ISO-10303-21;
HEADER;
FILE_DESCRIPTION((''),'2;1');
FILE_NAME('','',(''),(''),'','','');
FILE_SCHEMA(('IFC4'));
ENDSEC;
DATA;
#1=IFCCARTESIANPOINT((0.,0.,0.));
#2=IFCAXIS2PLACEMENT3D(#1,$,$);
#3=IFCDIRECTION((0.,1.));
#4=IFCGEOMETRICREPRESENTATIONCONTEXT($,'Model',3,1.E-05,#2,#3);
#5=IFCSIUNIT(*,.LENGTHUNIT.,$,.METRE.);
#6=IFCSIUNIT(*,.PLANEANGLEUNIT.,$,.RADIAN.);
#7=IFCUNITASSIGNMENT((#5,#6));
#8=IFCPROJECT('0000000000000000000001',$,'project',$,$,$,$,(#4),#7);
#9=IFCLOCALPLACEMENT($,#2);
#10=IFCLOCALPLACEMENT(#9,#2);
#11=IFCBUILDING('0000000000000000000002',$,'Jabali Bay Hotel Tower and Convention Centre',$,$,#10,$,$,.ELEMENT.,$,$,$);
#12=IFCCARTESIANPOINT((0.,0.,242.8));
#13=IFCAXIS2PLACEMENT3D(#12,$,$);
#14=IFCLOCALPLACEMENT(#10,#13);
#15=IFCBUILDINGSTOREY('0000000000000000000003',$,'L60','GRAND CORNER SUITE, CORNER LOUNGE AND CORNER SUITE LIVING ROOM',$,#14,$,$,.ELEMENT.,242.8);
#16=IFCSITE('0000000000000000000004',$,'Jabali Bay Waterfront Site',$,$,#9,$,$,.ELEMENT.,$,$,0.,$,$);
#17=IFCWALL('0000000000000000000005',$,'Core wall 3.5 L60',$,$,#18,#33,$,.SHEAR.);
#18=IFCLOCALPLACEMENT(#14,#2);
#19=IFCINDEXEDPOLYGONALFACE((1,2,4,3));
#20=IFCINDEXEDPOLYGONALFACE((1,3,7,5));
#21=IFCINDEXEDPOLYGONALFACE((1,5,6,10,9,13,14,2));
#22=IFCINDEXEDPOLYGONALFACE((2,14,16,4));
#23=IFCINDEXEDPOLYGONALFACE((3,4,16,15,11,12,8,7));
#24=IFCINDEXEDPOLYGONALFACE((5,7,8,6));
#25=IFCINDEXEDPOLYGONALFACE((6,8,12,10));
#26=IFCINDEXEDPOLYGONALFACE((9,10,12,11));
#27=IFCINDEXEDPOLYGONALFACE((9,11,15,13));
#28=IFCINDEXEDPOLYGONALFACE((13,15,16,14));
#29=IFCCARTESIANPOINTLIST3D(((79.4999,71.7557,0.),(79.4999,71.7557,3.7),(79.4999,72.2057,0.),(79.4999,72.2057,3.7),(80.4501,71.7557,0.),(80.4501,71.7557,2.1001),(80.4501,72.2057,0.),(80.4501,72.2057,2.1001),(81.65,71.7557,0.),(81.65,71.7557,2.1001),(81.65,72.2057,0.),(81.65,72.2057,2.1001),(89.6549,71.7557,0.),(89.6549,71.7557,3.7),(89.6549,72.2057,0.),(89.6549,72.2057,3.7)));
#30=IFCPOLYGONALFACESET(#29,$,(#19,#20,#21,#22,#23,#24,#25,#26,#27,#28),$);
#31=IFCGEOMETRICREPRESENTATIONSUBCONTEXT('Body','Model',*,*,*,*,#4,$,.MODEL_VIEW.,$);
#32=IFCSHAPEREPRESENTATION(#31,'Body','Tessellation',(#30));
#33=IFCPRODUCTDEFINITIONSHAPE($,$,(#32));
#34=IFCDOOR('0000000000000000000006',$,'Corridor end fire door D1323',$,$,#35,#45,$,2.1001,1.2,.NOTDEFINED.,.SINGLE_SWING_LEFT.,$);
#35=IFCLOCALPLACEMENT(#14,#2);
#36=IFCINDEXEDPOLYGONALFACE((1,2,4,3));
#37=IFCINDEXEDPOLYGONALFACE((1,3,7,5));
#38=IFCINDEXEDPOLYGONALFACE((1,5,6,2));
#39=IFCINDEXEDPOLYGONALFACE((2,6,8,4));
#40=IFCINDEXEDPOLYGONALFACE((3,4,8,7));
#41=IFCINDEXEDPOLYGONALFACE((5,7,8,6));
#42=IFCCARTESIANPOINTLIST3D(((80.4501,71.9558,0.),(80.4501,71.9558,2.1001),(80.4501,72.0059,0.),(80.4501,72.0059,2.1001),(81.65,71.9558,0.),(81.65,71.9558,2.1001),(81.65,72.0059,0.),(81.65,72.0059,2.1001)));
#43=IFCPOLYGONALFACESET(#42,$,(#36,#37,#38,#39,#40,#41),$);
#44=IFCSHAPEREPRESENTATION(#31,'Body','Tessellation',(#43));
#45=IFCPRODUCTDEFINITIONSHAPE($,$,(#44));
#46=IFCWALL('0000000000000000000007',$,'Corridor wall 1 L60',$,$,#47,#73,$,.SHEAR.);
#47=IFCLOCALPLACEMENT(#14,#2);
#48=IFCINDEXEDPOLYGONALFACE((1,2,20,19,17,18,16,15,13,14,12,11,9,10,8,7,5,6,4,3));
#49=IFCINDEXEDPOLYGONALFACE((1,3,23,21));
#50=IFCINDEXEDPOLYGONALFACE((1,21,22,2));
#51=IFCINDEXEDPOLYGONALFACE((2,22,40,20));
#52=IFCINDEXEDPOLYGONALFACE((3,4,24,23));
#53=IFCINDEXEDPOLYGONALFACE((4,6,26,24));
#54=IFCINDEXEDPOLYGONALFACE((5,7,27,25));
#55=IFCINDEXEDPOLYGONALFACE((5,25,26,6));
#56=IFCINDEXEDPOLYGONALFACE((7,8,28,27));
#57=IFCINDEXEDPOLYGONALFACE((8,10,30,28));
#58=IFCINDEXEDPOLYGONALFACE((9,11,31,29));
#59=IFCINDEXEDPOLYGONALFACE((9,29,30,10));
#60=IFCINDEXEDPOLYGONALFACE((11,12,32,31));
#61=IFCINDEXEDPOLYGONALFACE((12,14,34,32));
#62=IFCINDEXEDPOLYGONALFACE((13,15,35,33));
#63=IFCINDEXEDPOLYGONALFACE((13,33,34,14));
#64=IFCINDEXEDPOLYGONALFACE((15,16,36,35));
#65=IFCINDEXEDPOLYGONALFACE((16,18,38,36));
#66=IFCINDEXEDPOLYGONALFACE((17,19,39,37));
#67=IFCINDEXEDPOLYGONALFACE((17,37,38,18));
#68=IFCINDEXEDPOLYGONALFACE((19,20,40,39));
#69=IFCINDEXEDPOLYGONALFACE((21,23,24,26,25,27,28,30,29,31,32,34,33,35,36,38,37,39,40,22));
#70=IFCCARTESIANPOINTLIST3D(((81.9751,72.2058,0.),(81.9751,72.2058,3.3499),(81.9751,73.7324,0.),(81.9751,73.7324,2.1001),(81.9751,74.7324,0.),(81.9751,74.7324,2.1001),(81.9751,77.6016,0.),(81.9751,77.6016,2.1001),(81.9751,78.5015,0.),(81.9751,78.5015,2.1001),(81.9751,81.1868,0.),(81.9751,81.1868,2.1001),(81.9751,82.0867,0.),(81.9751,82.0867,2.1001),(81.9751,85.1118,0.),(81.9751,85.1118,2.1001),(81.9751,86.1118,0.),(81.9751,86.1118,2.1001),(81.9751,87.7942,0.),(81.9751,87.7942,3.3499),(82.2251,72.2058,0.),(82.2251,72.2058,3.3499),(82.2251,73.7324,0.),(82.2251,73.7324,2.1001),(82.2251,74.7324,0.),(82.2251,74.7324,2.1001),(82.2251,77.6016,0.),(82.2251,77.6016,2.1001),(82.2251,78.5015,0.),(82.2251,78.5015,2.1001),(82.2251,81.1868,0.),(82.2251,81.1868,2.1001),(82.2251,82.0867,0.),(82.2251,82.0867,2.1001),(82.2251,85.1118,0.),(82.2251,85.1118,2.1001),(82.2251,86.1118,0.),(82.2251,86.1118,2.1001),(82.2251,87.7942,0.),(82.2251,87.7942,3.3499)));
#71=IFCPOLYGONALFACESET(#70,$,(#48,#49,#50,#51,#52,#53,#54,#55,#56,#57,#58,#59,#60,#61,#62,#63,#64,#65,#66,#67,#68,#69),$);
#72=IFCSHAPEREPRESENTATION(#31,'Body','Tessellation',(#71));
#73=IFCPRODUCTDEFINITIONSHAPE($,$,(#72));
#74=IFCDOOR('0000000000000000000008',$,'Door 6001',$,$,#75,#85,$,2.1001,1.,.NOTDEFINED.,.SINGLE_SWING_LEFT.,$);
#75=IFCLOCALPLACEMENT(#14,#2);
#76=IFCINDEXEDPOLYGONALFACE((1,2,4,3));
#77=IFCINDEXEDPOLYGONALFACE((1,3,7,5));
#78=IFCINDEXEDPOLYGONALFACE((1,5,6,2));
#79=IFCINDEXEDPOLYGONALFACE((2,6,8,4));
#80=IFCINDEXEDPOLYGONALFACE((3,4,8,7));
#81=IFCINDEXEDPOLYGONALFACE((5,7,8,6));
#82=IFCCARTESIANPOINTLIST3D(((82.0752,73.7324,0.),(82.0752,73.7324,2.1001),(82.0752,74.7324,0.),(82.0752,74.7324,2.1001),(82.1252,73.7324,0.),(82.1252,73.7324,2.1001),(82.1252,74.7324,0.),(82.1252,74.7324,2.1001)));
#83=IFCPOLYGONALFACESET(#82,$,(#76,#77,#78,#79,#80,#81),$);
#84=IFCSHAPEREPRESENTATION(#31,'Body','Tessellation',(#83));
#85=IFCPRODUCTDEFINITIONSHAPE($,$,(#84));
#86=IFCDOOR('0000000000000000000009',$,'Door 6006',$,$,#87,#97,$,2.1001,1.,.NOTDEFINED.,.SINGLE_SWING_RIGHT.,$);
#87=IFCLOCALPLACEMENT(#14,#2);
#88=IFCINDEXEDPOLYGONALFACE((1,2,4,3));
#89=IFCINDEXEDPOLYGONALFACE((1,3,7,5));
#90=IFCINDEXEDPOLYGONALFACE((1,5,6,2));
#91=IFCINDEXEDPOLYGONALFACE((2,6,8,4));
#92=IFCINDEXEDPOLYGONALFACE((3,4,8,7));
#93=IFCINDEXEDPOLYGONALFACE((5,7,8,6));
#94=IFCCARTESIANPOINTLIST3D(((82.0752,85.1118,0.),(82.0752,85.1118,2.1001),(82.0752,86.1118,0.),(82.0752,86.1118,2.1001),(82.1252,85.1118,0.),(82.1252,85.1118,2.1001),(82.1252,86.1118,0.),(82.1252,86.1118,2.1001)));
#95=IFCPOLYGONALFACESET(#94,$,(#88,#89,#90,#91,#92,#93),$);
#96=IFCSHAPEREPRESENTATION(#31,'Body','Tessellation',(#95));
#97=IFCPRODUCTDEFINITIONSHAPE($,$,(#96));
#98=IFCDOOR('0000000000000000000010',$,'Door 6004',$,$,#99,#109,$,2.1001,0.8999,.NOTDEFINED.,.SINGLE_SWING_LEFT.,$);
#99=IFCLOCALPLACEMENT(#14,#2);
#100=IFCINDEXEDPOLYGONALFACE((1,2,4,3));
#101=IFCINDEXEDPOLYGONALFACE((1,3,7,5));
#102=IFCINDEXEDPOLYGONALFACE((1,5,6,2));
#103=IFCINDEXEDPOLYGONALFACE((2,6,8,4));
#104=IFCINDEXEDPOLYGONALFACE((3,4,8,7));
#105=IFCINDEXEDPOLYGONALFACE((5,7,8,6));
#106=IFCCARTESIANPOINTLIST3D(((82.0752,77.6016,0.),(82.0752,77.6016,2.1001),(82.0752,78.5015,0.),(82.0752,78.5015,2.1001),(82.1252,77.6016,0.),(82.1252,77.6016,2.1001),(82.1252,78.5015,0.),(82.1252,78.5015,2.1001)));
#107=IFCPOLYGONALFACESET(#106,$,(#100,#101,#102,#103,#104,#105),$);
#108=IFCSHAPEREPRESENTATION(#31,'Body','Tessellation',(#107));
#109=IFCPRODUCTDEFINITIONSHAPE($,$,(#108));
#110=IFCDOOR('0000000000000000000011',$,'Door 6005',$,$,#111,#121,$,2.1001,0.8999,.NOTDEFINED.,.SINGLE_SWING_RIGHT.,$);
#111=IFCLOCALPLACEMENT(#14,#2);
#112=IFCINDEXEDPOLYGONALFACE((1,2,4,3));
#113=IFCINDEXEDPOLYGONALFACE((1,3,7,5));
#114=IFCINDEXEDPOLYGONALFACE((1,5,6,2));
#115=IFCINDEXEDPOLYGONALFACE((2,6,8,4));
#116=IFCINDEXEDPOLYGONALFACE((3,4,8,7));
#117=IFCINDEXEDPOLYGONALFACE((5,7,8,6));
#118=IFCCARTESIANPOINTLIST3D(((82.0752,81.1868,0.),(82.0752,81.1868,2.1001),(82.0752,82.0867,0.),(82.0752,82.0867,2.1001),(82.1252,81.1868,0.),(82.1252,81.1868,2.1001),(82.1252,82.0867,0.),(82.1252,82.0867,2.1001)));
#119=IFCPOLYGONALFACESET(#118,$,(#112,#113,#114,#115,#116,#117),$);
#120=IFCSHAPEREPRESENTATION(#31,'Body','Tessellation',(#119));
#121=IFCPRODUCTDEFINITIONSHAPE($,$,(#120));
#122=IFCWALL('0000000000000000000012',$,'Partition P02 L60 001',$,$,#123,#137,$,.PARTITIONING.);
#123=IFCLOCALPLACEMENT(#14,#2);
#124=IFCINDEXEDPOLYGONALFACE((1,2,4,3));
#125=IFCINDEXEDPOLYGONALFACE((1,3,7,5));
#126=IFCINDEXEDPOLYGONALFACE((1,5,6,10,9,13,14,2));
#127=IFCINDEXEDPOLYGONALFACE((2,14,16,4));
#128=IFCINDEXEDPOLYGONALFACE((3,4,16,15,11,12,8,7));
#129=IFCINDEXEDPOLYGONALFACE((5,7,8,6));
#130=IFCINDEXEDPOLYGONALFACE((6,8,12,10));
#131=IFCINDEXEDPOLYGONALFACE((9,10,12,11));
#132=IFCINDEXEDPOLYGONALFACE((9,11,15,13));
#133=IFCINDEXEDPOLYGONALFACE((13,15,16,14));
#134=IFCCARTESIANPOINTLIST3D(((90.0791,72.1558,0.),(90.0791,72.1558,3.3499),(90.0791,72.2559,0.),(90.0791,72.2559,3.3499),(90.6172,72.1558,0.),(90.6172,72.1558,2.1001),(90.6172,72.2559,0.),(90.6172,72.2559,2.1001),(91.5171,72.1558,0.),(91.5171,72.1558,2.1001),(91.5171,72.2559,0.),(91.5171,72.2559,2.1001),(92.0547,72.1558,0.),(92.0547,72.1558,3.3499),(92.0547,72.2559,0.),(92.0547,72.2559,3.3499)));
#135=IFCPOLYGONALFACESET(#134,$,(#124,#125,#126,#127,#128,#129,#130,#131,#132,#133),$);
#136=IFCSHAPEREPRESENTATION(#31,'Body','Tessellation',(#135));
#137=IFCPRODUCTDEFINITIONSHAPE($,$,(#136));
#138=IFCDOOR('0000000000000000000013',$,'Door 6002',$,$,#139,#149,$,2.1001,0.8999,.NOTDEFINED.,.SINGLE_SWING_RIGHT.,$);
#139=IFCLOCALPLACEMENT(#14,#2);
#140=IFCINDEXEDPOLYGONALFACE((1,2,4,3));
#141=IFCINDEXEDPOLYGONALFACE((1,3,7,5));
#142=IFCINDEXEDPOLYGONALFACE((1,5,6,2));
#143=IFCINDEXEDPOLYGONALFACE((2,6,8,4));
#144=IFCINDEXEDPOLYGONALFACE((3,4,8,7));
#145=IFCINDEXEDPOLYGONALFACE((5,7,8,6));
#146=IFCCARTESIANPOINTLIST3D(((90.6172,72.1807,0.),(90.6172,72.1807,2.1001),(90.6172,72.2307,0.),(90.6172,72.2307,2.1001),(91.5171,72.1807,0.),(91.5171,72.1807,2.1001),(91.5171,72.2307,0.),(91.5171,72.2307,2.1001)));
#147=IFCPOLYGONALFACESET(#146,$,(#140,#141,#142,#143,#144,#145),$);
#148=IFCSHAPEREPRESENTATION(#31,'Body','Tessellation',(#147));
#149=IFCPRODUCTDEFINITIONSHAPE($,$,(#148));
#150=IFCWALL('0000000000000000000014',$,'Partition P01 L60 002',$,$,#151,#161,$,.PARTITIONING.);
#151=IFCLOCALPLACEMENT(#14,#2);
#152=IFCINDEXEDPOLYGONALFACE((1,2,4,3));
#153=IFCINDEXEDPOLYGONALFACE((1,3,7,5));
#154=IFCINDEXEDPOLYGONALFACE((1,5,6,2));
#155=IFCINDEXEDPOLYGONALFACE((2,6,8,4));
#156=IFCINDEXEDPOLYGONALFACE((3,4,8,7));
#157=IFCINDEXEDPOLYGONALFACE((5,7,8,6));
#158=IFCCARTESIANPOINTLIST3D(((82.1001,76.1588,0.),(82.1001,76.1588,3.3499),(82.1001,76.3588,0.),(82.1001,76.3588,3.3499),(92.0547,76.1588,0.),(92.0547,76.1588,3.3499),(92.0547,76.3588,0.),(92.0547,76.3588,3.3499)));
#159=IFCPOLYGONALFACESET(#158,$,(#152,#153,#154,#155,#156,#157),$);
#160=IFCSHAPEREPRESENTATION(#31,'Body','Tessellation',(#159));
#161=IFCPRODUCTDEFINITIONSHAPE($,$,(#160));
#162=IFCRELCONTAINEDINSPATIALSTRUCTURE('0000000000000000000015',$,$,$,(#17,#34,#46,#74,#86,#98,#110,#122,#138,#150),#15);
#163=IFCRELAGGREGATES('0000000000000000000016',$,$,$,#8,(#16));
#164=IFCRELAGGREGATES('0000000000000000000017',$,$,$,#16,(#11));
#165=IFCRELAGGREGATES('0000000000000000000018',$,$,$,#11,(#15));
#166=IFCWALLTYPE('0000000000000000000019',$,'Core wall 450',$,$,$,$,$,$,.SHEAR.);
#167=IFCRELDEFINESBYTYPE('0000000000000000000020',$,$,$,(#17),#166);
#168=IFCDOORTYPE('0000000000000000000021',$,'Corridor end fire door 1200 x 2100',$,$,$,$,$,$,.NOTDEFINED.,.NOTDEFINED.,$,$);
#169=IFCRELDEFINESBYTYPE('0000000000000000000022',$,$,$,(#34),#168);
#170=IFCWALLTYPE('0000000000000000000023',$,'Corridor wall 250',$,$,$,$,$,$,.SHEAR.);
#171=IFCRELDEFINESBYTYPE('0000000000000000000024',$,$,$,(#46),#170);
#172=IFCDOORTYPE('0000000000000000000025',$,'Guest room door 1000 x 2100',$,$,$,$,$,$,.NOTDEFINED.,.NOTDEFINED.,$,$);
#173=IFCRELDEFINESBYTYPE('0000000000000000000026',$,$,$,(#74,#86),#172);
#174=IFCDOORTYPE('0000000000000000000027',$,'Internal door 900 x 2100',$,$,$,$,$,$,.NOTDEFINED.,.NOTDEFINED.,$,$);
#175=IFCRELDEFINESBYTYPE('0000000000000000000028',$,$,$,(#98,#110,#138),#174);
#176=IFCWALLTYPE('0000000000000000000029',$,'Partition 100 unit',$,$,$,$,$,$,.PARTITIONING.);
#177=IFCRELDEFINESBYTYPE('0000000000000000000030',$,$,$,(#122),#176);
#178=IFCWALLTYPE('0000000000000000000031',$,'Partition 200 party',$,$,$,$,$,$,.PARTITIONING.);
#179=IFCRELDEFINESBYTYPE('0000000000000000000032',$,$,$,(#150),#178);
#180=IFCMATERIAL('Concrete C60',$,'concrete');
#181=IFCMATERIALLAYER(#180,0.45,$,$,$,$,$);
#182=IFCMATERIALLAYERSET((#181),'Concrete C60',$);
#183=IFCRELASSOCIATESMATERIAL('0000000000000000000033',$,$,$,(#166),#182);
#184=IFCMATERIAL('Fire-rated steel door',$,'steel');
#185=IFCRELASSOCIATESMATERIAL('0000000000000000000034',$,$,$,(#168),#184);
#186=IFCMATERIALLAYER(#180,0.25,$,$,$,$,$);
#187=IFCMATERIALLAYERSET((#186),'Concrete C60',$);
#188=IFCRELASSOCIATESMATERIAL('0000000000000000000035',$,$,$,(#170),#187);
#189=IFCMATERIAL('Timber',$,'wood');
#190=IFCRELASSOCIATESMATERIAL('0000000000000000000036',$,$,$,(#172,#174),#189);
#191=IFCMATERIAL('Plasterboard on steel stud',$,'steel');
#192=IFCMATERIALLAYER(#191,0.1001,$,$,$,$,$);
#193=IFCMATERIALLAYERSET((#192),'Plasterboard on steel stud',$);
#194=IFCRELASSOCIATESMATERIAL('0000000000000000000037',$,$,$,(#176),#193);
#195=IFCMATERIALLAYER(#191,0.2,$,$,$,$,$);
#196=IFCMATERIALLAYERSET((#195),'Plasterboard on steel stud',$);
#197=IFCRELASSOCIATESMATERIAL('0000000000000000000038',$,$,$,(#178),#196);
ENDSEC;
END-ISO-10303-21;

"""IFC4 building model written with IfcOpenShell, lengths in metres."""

from ifc_helpers import new_model, si_unit, direction, frame, frame_2d, origin, place, context, subcontext, project, spatial, rectangle, extrude, material, layer, layer_set, type_object, element, fill, save


model = new_model("IFC4")

# Units and contexts
model_context = context("Model", 3, precision=1e-05, world=origin(), true_north=direction((0.0, 1.0)))
body_context = subcontext(model_context, "Body", "Model", "MODEL_VIEW")
ifc_project = project(units=[si_unit("LENGTHUNIT", "METRE"), si_unit("PLANEANGLEUNIT", "RADIAN")], contexts=[model_context])

# Site, building, storey
site_placement = place(None, origin())
site = spatial("IfcSite", under=ifc_project, at=site_placement, Name="Jabali Bay Waterfront Site", CompositionType="ELEMENT", RefElevation=0.0)
building_placement = place(site_placement, origin())
building = spatial("IfcBuilding", under=site, at=building_placement, Name="Jabali Bay Hotel Tower and Convention Centre", CompositionType="ELEMENT")
storey_placement = place(building_placement, frame((0.0, 0.0, 242.8)))
storey = spatial("IfcBuildingStorey", under=building, at=storey_placement, Name="L60", Description="GRAND CORNER SUITE, CORNER LOUNGE AND CORNER SUITE LIVING ROOM", CompositionType="ELEMENT", Elevation=242.8)

# Shared definitions
ifc_material_1 = material(Name="Concrete C60", Category="concrete")

# Shared definitions
ifc_material_2 = material(Name="Fire-rated steel door", Category="steel")

# Wall, opening, door
ifc_layer_1 = layer(ifc_material_1, 0.45)
ifc_layer_set_1 = layer_set([ifc_layer_1], Name="Concrete C60")
wall_type_1 = type_object("IfcWallType", Name="Core wall 450", PredefinedType="SHEAR", material=ifc_layer_set_1)
door_type_1 = type_object("IfcDoorType", Name="Corridor end fire door 1200 x 2100", OperationType="NOTDEFINED", PredefinedType="NOTDEFINED", material=ifc_material_2)
wall_1_placement = place(storey_placement, frame((89.655, 71.9807, 0.0), z_axis=(0.0, 0.0, 1.0), x_axis=(-1.0, 0.0, 0.0)))
wall_1 = element("IfcWall", 1, at=wall_1_placement, inside=storey, type_object=wall_type_1, Name="Core wall 3.5 L60", PredefinedType="SHEAR", context=body_context, shape_type="SweptSolid", body=[
    extrude(rectangle(XDim=10.155, YDim=0.45, at=frame_2d((5.0776, 0.0))), origin(), (0.0, 0.0, 1.0), 3.7),
])
opening_1_placement = place(wall_1_placement, frame((8.0049, 0.0, 0.0)))
opening_1 = element("IfcOpeningElement", 2, at=opening_1_placement, cuts=wall_1, PredefinedType="OPENING", context=body_context, shape_type="SweptSolid", body=[
    extrude(rectangle(XDim=1.2, YDim=2.1001, at=frame_2d((0.6001, 1.05))), frame((0.0, 0.2354, 0.0), z_axis=(0.0, -1.0, 0.0), x_axis=(1.0, 0.0, 0.0)), (0.0, 0.0, 1.0), 0.4709),
])
door_1_placement = place(opening_1_placement, origin())
door_1 = element("IfcDoor", 3, at=door_1_placement, inside=storey, type_object=door_type_1, Name="Corridor end fire door D1323", OperationType="SINGLE_SWING_LEFT", OverallHeight=2.1001, OverallWidth=1.2, PredefinedType="NOTDEFINED", context=body_context, shape_type="SweptSolid", body=[
    extrude(rectangle(XDim=1.2, YDim=2.1001, at=frame_2d((0.6001, 1.05))), frame((0.0, 0.0249, 0.0), z_axis=(0.0, -1.0, 0.0), x_axis=(1.0, 0.0, 0.0)), (0.0, 0.0, 1.0), 0.05),
])
fill(opening_1, door_1)

# Wall, openings, doors
ifc_layer_2 = layer(ifc_material_1, 0.25)
ifc_layer_set_2 = layer_set([ifc_layer_2], Name="Concrete C60")
wall_type_2 = type_object("IfcWallType", Name="Corridor wall 250", PredefinedType="SHEAR", material=ifc_layer_set_2)
wall_2_placement = place(storey_placement, frame((82.1001, 72.2058, 0.0), z_axis=(0.0, 0.0, 1.0), x_axis=(0.0, 1.0, 0.0)))
wall_2 = element("IfcWall", 4, at=wall_2_placement, inside=storey, type_object=wall_type_2, Name="Corridor wall 1 L60", PredefinedType="SHEAR", context=body_context, shape_type="SweptSolid", body=[
    extrude(rectangle(XDim=15.5884, YDim=0.25, at=frame_2d((7.7942, 0.0))), origin(), (0.0, 0.0, 1.0), 3.3499),
])
opening_2_placement = place(wall_2_placement, frame((1.5266, 0.0, 0.0)))
opening_2 = element("IfcOpeningElement", 5, at=opening_2_placement, cuts=wall_2, PredefinedType="OPENING", context=body_context, shape_type="SweptSolid", body=[
    extrude(rectangle(XDim=1.0, YDim=2.1001, at=frame_2d((0.5, 1.05))), frame((0.0, 0.1355, 0.0), z_axis=(0.0, -1.0, 0.0), x_axis=(1.0, 0.0, 0.0)), (0.0, 0.0, 1.0), 0.271),
])
opening_3_placement = place(wall_2_placement, frame((5.3958, 0.0, 0.0)))
opening_3 = element("IfcOpeningElement", 6, at=opening_3_placement, cuts=wall_2, PredefinedType="OPENING", context=body_context, shape_type="SweptSolid", body=[
    extrude(rectangle(XDim=0.8999, YDim=2.1001, at=frame_2d((0.45, 1.05))), frame((0.0, 0.1355, 0.0), z_axis=(0.0, -1.0, 0.0), x_axis=(1.0, 0.0, 0.0)), (0.0, 0.0, 1.0), 0.271),
])
opening_4_placement = place(wall_2_placement, frame((8.981, 0.0, 0.0)))
opening_4 = element("IfcOpeningElement", 7, at=opening_4_placement, cuts=wall_2, PredefinedType="OPENING", context=body_context, shape_type="SweptSolid", body=[
    extrude(rectangle(XDim=0.8999, YDim=2.1001, at=frame_2d((0.45, 1.05))), frame((0.0, 0.1355, 0.0), z_axis=(0.0, -1.0, 0.0), x_axis=(1.0, 0.0, 0.0)), (0.0, 0.0, 1.0), 0.271),
])
opening_5_placement = place(wall_2_placement, frame((12.906, 0.0, 0.0)))
opening_5 = element("IfcOpeningElement", 8, at=opening_5_placement, cuts=wall_2, PredefinedType="OPENING", context=body_context, shape_type="SweptSolid", body=[
    extrude(rectangle(XDim=1.0, YDim=2.1001, at=frame_2d((0.5, 1.05))), frame((0.0, 0.1355, 0.0), z_axis=(0.0, -1.0, 0.0), x_axis=(1.0, 0.0, 0.0)), (0.0, 0.0, 1.0), 0.271),
])
ifc_material_3 = material(Name="Timber", Category="wood")
door_type_2 = type_object("IfcDoorType", Name="Guest room door 1000 x 2100", OperationType="NOTDEFINED", PredefinedType="NOTDEFINED", material=ifc_material_3)
door_2_placement = place(opening_2_placement, origin())
door_2 = element("IfcDoor", 9, at=door_2_placement, inside=storey, type_object=door_type_2, Name="Door 6001", OperationType="SINGLE_SWING_LEFT", OverallHeight=2.1001, OverallWidth=1.0, PredefinedType="NOTDEFINED", context=body_context, shape_type="SweptSolid", body=[
    extrude(rectangle(XDim=1.0, YDim=2.1001, at=frame_2d((0.5, 1.05))), frame((0.0, 0.0249, 0.0), z_axis=(0.0, -1.0, 0.0), x_axis=(1.0, 0.0, 0.0)), (0.0, 0.0, 1.0), 0.05),
])
fill(opening_2, door_2)
door_3_placement = place(opening_5_placement, origin())
door_3 = element("IfcDoor", 10, at=door_3_placement, inside=storey, type_object=door_type_2, Name="Door 6006", OperationType="SINGLE_SWING_RIGHT", OverallHeight=2.1001, OverallWidth=1.0, PredefinedType="NOTDEFINED", context=body_context, shape_type="SweptSolid", body=[
    extrude(rectangle(XDim=1.0, YDim=2.1001, at=frame_2d((0.5, 1.05))), frame((0.0, 0.0249, 0.0), z_axis=(0.0, -1.0, 0.0), x_axis=(1.0, 0.0, 0.0)), (0.0, 0.0, 1.0), 0.05),
])
fill(opening_5, door_3)
door_type_3 = type_object("IfcDoorType", Name="Internal door 900 x 2100", OperationType="NOTDEFINED", PredefinedType="NOTDEFINED", material=ifc_material_3)
door_4_placement = place(opening_3_placement, origin())
door_4 = element("IfcDoor", 11, at=door_4_placement, inside=storey, type_object=door_type_3, Name="Door 6004", OperationType="SINGLE_SWING_LEFT", OverallHeight=2.1001, OverallWidth=0.8999, PredefinedType="NOTDEFINED", context=body_context, shape_type="SweptSolid", body=[
    extrude(rectangle(XDim=0.8999, YDim=2.1001, at=frame_2d((0.45, 1.05))), frame((0.0, 0.0249, 0.0), z_axis=(0.0, -1.0, 0.0), x_axis=(1.0, 0.0, 0.0)), (0.0, 0.0, 1.0), 0.05),
])
fill(opening_3, door_4)
door_5_placement = place(opening_4_placement, origin())
door_5 = element("IfcDoor", 12, at=door_5_placement, inside=storey, type_object=door_type_3, Name="Door 6005", OperationType="SINGLE_SWING_RIGHT", OverallHeight=2.1001, OverallWidth=0.8999, PredefinedType="NOTDEFINED", context=body_context, shape_type="SweptSolid", body=[
    extrude(rectangle(XDim=0.8999, YDim=2.1001, at=frame_2d((0.45, 1.05))), frame((0.0, 0.0249, 0.0), z_axis=(0.0, -1.0, 0.0), x_axis=(1.0, 0.0, 0.0)), (0.0, 0.0, 1.0), 0.05),
])
fill(opening_4, door_5)

# Wall, opening, door
ifc_material_4 = material(Name="Plasterboard on steel stud", Category="steel")
ifc_layer_3 = layer(ifc_material_4, 0.1001)
ifc_layer_set_3 = layer_set([ifc_layer_3], Name="Plasterboard on steel stud")
wall_type_3 = type_object("IfcWallType", Name="Partition 100 unit", PredefinedType="PARTITIONING", material=ifc_layer_set_3)
wall_3_placement = place(storey_placement, frame((90.0791, 72.2058, 0.0), z_axis=(0.0, 0.0, 1.0), x_axis=(1.0, 0.0, 0.0)))
wall_3 = element("IfcWall", 13, at=wall_3_placement, inside=storey, type_object=wall_type_3, Name="Partition P02 L60 001", PredefinedType="PARTITIONING", context=body_context, shape_type="SweptSolid", body=[
    extrude(rectangle(XDim=1.9756, YDim=0.1001, at=frame_2d((0.9878, 0.0))), origin(), (0.0, 0.0, 1.0), 3.3499),
])
opening_6_placement = place(wall_3_placement, frame((0.5381, 0.0, 0.0)))
opening_6 = element("IfcOpeningElement", 14, at=opening_6_placement, cuts=wall_3, PredefinedType="OPENING", context=body_context, shape_type="SweptSolid", body=[
    extrude(rectangle(XDim=0.8999, YDim=2.1001, at=frame_2d((0.45, 1.05))), frame((0.0, 0.0605, 0.0), z_axis=(0.0, -1.0, 0.0), x_axis=(1.0, 0.0, 0.0)), (0.0, 0.0, 1.0), 0.1211),
])
door_6_placement = place(opening_6_placement, origin())
door_6 = element("IfcDoor", 15, at=door_6_placement, inside=storey, type_object=door_type_3, Name="Door 6002", OperationType="SINGLE_SWING_RIGHT", OverallHeight=2.1001, OverallWidth=0.8999, PredefinedType="NOTDEFINED", context=body_context, shape_type="SweptSolid", body=[
    extrude(rectangle(XDim=0.8999, YDim=2.1001, at=frame_2d((0.45, 1.05))), frame((0.0, 0.0249, 0.0), z_axis=(0.0, -1.0, 0.0), x_axis=(1.0, 0.0, 0.0)), (0.0, 0.0, 1.0), 0.05),
])
fill(opening_6, door_6)

# Wall
ifc_layer_4 = layer(ifc_material_4, 0.2)
ifc_layer_set_4 = layer_set([ifc_layer_4], Name="Plasterboard on steel stud")
wall_type_4 = type_object("IfcWallType", Name="Partition 200 party", PredefinedType="PARTITIONING", material=ifc_layer_set_4)
wall_4_placement = place(storey_placement, frame((92.0547, 76.2588, 0.0), z_axis=(0.0, 0.0, 1.0), x_axis=(-1.0, 0.0, 0.0)))
element("IfcWall", 16, at=wall_4_placement, inside=storey, type_object=wall_type_4, Name="Partition P01 L60 002", PredefinedType="PARTITIONING", context=body_context, shape_type="SweptSolid", body=[
    extrude(rectangle(XDim=9.9546, YDim=0.2, at=frame_2d((4.9773, 0.0))), origin(), (0.0, 0.0, 1.0), 3.3499),
])

save(model, "model.ifc")
